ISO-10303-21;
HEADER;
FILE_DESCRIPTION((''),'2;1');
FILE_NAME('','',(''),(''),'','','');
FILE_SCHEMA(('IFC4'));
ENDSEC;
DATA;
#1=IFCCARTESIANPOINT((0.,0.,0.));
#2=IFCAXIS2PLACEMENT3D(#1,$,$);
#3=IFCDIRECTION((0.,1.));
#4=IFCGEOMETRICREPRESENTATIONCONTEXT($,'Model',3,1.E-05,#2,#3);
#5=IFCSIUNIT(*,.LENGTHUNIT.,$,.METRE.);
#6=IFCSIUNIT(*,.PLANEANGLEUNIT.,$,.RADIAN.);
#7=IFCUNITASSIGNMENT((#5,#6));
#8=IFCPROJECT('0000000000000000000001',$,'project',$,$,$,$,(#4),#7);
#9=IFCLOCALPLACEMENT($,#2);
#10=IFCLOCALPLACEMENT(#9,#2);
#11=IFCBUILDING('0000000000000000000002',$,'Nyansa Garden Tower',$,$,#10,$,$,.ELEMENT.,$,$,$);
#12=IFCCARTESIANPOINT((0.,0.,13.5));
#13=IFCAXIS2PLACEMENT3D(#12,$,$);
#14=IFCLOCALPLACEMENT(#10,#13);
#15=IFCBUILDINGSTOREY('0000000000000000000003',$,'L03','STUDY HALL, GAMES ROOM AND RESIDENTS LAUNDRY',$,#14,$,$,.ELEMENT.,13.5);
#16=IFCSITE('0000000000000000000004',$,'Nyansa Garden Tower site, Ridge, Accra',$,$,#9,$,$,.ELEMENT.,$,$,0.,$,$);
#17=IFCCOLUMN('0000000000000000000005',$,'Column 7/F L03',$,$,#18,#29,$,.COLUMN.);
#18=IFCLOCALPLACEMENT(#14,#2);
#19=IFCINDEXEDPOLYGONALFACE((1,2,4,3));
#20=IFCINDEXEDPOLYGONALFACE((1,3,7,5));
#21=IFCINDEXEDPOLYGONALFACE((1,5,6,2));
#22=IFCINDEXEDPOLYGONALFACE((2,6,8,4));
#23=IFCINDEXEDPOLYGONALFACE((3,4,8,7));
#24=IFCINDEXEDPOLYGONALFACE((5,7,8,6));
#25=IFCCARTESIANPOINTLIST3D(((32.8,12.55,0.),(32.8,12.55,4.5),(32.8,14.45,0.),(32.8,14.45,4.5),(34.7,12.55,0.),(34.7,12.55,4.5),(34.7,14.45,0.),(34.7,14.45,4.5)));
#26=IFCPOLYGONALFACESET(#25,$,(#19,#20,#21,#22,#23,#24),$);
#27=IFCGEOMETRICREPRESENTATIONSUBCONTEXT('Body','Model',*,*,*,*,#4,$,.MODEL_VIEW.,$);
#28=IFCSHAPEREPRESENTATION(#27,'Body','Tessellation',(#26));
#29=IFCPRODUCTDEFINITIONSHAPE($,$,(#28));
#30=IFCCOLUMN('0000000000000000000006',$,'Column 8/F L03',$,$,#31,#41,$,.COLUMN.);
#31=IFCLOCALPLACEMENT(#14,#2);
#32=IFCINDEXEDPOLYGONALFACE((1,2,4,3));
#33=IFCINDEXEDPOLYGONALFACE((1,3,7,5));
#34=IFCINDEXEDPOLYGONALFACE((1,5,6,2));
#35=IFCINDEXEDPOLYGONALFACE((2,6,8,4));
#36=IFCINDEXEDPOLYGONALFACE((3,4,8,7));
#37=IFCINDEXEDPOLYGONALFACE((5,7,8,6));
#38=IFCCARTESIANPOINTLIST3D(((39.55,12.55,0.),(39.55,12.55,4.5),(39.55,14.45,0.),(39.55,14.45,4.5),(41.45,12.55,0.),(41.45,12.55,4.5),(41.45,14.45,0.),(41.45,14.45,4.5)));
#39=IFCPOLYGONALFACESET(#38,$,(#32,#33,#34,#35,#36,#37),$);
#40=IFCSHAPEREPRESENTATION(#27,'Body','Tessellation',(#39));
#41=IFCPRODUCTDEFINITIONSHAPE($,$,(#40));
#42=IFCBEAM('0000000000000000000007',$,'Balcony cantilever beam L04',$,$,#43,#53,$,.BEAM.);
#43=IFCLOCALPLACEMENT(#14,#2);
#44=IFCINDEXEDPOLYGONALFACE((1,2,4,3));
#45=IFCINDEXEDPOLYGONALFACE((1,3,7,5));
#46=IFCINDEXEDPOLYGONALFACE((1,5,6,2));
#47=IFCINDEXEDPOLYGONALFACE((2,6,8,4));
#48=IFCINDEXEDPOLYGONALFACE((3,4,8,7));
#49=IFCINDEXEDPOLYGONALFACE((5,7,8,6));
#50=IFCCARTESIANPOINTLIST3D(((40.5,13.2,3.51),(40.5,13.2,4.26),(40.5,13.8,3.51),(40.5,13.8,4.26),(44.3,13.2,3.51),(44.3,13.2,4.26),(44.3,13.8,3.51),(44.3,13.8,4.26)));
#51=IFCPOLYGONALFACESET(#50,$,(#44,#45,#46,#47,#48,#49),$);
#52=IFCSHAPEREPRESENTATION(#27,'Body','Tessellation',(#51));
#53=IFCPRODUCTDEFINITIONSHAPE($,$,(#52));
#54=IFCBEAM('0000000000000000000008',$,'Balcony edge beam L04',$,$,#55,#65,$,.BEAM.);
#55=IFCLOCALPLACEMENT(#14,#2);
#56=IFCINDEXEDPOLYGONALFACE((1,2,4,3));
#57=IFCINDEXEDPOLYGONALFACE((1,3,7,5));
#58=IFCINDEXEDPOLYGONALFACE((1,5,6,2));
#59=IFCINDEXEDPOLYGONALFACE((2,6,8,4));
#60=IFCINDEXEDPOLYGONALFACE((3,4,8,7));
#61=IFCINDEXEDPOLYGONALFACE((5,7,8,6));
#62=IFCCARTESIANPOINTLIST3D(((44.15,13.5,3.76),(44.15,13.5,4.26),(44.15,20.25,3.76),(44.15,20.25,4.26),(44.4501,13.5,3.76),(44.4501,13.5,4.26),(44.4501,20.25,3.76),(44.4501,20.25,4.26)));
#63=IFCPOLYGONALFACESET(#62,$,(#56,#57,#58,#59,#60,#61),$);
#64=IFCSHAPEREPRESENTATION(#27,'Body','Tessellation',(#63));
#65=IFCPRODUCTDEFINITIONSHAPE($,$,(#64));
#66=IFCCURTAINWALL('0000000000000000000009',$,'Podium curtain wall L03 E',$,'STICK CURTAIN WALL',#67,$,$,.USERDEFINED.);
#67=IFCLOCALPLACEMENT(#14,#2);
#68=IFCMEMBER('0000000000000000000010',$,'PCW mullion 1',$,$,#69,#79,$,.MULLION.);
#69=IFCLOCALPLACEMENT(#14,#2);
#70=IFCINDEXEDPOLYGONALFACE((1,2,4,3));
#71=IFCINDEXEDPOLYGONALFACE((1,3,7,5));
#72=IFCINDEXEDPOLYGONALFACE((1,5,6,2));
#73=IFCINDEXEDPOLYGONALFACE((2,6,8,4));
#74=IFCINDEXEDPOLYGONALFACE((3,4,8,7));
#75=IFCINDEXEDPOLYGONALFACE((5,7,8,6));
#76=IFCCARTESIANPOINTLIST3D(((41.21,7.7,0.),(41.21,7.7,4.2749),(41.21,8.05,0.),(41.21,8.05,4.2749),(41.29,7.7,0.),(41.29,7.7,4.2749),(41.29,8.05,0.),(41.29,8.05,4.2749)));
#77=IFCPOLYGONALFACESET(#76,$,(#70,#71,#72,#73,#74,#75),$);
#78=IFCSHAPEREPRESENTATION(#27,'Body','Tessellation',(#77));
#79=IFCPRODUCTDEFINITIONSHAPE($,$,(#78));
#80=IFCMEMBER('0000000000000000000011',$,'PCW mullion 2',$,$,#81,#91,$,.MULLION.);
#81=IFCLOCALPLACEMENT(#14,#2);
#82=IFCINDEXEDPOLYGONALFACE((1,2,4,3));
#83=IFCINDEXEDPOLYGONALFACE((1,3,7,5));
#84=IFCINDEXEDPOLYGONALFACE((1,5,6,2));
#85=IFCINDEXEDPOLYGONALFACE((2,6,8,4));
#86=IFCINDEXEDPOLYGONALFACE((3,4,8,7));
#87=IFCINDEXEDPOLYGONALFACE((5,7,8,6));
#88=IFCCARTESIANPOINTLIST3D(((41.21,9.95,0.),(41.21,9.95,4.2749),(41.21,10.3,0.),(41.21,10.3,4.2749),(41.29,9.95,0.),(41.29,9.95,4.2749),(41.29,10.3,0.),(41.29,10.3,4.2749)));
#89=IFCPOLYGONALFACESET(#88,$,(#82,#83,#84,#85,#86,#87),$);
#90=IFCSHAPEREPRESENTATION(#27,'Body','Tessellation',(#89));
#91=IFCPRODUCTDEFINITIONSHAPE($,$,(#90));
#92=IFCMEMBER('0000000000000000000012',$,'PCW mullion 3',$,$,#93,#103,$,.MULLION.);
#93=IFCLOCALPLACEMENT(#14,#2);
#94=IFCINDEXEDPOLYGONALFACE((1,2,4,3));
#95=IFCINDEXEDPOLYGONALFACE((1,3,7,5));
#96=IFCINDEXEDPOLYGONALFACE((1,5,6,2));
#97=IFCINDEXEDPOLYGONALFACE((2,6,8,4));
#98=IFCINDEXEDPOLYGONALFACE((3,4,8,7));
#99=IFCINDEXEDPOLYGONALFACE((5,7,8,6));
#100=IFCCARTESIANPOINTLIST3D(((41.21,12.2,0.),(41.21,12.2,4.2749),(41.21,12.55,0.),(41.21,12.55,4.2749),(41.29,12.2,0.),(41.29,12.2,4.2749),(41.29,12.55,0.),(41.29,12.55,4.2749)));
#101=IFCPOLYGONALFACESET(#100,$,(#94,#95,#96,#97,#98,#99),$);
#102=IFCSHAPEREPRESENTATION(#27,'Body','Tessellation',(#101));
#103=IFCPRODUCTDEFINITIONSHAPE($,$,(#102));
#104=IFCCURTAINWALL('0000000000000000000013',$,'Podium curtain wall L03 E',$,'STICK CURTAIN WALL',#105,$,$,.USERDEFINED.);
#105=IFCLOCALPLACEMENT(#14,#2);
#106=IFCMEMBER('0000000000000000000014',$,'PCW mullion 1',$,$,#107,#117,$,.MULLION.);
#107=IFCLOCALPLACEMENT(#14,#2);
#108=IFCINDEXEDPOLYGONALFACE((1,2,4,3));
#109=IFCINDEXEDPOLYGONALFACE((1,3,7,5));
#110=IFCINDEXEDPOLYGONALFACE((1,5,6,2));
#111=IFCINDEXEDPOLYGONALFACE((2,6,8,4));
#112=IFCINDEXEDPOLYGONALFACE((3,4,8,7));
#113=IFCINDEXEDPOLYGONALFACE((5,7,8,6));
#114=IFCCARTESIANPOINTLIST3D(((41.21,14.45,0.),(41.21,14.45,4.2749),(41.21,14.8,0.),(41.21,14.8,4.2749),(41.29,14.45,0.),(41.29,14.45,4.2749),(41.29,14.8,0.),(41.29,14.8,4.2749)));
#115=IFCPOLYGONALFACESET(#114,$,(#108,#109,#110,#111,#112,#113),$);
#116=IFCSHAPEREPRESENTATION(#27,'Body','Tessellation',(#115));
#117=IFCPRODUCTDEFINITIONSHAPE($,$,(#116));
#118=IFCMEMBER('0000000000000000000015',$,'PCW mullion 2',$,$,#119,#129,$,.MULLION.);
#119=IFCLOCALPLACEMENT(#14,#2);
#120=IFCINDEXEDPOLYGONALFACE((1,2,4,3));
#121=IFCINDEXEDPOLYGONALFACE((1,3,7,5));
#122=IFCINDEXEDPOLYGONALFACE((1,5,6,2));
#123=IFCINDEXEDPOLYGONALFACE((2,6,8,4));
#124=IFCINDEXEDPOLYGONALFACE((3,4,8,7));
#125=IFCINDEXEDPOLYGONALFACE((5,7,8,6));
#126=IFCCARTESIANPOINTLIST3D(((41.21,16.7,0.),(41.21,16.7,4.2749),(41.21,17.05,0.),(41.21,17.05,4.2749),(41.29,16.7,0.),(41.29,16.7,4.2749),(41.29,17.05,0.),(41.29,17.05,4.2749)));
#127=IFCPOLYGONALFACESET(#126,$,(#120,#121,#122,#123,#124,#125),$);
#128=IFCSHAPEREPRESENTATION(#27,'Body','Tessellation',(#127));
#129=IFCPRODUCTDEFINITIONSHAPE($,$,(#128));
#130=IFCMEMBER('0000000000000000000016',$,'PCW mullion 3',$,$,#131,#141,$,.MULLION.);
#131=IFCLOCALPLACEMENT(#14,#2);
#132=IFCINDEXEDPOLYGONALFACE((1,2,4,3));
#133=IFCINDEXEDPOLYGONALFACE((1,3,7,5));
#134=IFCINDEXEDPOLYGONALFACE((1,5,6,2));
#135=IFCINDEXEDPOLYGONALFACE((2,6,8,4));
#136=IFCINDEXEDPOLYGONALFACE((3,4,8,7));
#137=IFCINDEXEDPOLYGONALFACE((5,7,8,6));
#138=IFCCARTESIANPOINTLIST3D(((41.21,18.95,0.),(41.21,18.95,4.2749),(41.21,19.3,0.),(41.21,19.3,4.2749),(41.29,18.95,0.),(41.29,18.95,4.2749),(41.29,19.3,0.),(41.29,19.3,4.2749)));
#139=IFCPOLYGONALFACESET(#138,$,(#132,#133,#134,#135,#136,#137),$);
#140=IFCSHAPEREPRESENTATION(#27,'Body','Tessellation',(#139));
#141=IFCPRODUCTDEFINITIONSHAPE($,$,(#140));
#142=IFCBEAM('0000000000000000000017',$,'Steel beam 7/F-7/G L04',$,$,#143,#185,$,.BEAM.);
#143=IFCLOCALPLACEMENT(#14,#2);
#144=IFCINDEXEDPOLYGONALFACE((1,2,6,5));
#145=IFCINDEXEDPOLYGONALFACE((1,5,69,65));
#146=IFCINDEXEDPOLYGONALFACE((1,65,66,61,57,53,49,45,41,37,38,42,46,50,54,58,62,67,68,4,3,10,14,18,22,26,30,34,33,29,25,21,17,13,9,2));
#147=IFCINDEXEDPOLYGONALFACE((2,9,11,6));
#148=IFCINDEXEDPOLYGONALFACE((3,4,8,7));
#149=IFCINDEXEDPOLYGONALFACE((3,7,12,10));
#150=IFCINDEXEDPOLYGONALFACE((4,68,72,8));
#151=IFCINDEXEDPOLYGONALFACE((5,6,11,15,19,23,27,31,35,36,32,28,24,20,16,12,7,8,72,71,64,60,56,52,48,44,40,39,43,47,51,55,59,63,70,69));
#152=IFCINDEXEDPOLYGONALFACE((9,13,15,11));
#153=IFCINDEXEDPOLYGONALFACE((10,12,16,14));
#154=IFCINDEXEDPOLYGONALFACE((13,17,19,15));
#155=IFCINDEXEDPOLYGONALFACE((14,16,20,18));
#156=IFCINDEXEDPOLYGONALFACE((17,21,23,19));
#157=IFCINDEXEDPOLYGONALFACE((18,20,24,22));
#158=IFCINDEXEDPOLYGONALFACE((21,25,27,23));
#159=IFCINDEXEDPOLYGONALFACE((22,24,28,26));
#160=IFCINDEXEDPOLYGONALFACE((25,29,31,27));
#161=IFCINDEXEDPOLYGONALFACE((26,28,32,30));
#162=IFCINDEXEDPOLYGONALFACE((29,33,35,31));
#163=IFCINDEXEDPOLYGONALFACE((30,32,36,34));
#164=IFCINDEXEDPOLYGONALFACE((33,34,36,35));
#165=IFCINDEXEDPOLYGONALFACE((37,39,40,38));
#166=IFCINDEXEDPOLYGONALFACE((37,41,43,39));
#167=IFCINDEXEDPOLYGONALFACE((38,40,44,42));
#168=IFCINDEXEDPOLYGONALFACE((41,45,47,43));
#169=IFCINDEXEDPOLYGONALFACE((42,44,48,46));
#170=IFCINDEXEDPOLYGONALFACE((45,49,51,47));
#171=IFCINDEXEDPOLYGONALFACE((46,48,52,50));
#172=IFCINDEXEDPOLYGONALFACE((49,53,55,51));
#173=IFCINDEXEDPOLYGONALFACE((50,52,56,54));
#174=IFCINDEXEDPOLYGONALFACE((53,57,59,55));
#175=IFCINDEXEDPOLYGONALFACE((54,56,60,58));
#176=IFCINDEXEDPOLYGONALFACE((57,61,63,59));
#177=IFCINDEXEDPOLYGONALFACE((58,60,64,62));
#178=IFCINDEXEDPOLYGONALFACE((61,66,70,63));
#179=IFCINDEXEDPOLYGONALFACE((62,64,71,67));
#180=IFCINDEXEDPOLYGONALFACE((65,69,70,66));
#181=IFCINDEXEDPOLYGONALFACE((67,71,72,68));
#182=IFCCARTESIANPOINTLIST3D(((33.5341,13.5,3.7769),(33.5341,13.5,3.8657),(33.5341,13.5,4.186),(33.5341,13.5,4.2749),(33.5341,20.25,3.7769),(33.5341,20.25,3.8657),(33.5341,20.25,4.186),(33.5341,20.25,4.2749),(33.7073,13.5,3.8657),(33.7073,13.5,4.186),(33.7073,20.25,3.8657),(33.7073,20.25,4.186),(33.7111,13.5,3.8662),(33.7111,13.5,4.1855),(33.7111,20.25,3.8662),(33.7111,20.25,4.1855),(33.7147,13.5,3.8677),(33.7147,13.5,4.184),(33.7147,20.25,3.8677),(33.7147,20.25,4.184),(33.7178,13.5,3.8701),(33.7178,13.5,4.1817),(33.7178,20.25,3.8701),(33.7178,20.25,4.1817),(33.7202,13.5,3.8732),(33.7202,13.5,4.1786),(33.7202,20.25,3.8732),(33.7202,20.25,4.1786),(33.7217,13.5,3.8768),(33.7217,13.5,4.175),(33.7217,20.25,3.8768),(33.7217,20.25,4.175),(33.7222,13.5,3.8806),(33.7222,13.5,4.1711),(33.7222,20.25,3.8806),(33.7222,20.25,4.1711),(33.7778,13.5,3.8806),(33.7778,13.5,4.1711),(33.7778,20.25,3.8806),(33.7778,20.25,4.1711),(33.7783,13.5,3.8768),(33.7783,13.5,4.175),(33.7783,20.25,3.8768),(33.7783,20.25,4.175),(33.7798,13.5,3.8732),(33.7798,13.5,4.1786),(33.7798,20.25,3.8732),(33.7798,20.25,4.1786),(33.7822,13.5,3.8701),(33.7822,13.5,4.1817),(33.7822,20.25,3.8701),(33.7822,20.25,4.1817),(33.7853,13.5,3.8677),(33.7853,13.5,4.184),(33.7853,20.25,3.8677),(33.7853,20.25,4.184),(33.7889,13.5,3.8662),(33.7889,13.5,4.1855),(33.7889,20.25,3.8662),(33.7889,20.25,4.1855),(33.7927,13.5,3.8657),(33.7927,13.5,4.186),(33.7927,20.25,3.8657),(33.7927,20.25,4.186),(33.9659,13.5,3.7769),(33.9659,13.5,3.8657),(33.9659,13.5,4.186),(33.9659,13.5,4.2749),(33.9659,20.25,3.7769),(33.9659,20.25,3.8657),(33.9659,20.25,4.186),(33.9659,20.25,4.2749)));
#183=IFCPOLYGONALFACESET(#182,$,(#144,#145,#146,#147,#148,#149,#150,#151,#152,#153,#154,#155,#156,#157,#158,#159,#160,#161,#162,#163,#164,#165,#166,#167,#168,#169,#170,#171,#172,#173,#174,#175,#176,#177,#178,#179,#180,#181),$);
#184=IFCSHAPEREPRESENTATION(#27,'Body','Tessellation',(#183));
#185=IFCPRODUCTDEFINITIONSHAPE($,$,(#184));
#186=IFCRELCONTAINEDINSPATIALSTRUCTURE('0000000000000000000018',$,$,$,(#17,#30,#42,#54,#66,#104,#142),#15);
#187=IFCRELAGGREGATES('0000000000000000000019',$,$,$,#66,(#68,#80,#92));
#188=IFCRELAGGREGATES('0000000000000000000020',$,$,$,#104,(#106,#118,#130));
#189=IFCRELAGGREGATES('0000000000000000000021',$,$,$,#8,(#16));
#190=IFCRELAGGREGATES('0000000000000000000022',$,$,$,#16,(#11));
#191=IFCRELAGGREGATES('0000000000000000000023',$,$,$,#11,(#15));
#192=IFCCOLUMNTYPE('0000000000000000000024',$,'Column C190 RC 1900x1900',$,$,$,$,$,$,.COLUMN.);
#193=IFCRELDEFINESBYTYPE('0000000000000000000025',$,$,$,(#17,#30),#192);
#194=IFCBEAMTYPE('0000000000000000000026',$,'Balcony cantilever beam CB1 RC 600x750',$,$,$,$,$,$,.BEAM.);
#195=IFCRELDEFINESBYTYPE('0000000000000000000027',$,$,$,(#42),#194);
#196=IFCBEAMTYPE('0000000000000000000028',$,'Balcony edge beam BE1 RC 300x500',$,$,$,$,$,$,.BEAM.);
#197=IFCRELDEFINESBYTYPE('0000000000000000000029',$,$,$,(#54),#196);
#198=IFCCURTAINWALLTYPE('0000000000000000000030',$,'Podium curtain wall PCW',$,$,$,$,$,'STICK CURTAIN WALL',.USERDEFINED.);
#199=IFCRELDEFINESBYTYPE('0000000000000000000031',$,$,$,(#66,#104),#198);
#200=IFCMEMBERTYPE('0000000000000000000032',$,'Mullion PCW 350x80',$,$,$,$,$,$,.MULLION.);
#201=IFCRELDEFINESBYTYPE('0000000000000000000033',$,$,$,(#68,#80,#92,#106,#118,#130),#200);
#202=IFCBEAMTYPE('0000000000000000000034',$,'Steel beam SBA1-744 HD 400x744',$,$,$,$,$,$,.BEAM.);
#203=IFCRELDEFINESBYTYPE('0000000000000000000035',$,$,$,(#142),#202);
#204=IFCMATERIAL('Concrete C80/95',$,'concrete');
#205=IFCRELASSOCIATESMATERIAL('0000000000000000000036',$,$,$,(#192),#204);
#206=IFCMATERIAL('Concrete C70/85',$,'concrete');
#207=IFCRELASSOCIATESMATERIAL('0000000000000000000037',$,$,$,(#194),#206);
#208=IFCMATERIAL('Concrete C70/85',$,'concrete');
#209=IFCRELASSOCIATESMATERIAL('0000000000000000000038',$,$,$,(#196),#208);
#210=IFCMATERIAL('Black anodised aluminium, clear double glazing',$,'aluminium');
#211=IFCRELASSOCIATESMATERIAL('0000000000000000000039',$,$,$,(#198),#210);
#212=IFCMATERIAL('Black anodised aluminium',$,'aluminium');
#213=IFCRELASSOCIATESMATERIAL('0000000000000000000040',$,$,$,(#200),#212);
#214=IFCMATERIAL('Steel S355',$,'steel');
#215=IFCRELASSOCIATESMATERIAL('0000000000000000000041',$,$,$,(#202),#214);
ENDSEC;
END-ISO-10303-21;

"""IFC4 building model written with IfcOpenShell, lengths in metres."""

from ifc_helpers import new_model, si_unit, direction, frame, origin, origin_2d, place, context, subcontext, project, spatial, rectangle, i_section, extrude, material, material_profile, profile_set, type_object, element, aggregate, save


model = new_model("IFC4")

# Units and contexts
model_context = context("Model", 3, precision=1e-05, world=origin(), true_north=direction((0.0, 1.0)))
body_context = subcontext(model_context, "Body", "Model", "MODEL_VIEW")
ifc_project = project(units=[si_unit("LENGTHUNIT", "METRE"), si_unit("PLANEANGLEUNIT", "RADIAN")], contexts=[model_context])

# Site, building, storey
site_placement = place(None, origin())
site = spatial("IfcSite", under=ifc_project, at=site_placement, Name="Nyansa Garden Tower site, Ridge, Accra", CompositionType="ELEMENT", RefElevation=0.0)
building_placement = place(site_placement, origin())
building = spatial("IfcBuilding", under=site, at=building_placement, Name="Nyansa Garden Tower", CompositionType="ELEMENT")
storey_placement = place(building_placement, frame((0.0, 0.0, 13.5)))
storey = spatial("IfcBuildingStorey", under=building, at=storey_placement, Name="L03", Description="STUDY HALL, GAMES ROOM AND RESIDENTS LAUNDRY", CompositionType="ELEMENT", Elevation=13.5)

# Columns
ifc_material_1 = material(Name="Concrete C80/95", Category="concrete")
ifc_material_profile_1 = material_profile(ifc_material_1, rectangle(XDim=1.8999, YDim=1.8999, at=origin_2d()), Name="RC 1900x1900")
ifc_profile_set_1 = profile_set([ifc_material_profile_1], Name="Concrete C80/95")
column_type = type_object("IfcColumnType", Name="Column C190 RC 1900x1900", PredefinedType="COLUMN", material=ifc_profile_set_1)
for number, where, z_axis, x_axis, name in (
    (1, (33.75, 13.5, 0.0), (0.0, 0.0, 1.0), (1.0, 0.0, 0.0), "Column 7/F L03"),
    (2, (40.5, 13.5, 0.0), (0.0, 0.0, 1.0), (1.0, 0.0, 0.0), "Column 8/F L03"),
):
    element("IfcColumn", number, at=place(storey_placement, frame(where, z_axis=z_axis, x_axis=x_axis)), inside=storey, type_object=column_type, Name=name, PredefinedType="COLUMN", context=body_context, shape_type="SweptSolid", body=[
        extrude(rectangle(XDim=1.8999, YDim=1.8999, at=origin_2d()), origin(), (0.0, 0.0, 1.0), 4.5),
    ])

# Beams
ifc_material_2 = material(Name="Concrete C70/85", Category="concrete")
ifc_material_profile_2 = material_profile(ifc_material_2, rectangle(XDim=0.6001, YDim=0.75, at=origin_2d()), Name="RC 600x750")
ifc_profile_set_2 = profile_set([ifc_material_profile_2], Name="Concrete C70/85")
beam_type_1 = type_object("IfcBeamType", Name="Balcony cantilever beam CB1 RC 600x750", PredefinedType="BEAM", material=ifc_profile_set_2)
beam_1_placement = place(storey_placement, frame((40.5, 13.5, 3.885), z_axis=(1.0, 0.0, 0.0), x_axis=(0.0, 1.0, 0.0)))
element("IfcBeam", 3, at=beam_1_placement, inside=storey, type_object=beam_type_1, Name="Balcony cantilever beam L04", PredefinedType="BEAM", context=body_context, shape_type="SweptSolid", body=[
    extrude(rectangle(XDim=0.6001, YDim=0.75, at=origin_2d()), origin(), (0.0, 0.0, 1.0), 3.8),
])
ifc_material_3 = material(Name="Concrete C70/85", Category="concrete")
ifc_material_profile_3 = material_profile(ifc_material_3, rectangle(XDim=0.3, YDim=0.5, at=origin_2d()), Name="RC 300x500")
ifc_profile_set_3 = profile_set([ifc_material_profile_3], Name="Concrete C70/85")
beam_type_2 = type_object("IfcBeamType", Name="Balcony edge beam BE1 RC 300x500", PredefinedType="BEAM", material=ifc_profile_set_3)
beam_2_placement = place(storey_placement, frame((44.3, 13.5, 4.01), z_axis=(0.0, 1.0, 0.0), x_axis=(-1.0, 0.0, 0.0)))
element("IfcBeam", 4, at=beam_2_placement, inside=storey, type_object=beam_type_2, Name="Balcony edge beam L04", PredefinedType="BEAM", context=body_context, shape_type="SweptSolid", body=[
    extrude(rectangle(XDim=0.3, YDim=0.5, at=origin_2d()), origin(), (0.0, 0.0, 1.0), 6.75),
])

# Curtain walls, members
ifc_material_4 = material(Name="Black anodised aluminium, clear double glazing", Category="aluminium")
curtain_wall_type = type_object("IfcCurtainWallType", Name="Podium curtain wall PCW", ElementType="STICK CURTAIN WALL", PredefinedType="USERDEFINED", material=ifc_material_4)
curtain_wall_1_placement = place(storey_placement, origin())
curtain_wall_1 = element("IfcCurtainWall", 5, at=curtain_wall_1_placement, inside=storey, type_object=curtain_wall_type, Name="Podium curtain wall L03 E", ObjectType="STICK CURTAIN WALL", PredefinedType="USERDEFINED")
ifc_material_5 = material(Name="Black anodised aluminium", Category="aluminium")
ifc_material_profile_4 = material_profile(ifc_material_5, rectangle(XDim=0.0801, YDim=0.3501, at=origin_2d()), Name="Mullion 350x80")
ifc_profile_set_4 = profile_set([ifc_material_profile_4], Name="Black anodised aluminium")
member_type_1 = type_object("IfcMemberType", Name="Mullion PCW 350x80", PredefinedType="MULLION", material=ifc_profile_set_4)
member_1_placement = place(storey_placement, frame((41.25, 7.875, 0.0), z_axis=(0.0, 0.0, 1.0), x_axis=(-1.0, 0.0, 0.0)))
member_1 = element("IfcMember", 6, at=member_1_placement, type_object=member_type_1, Name="PCW mullion 1", PredefinedType="MULLION", context=body_context, shape_type="SweptSolid", body=[
    extrude(rectangle(XDim=0.0801, YDim=0.3501, at=origin_2d()), origin(), (0.0, 0.0, 1.0), 4.2749),
])
member_2_placement = place(storey_placement, frame((41.25, 10.125, 0.0), z_axis=(0.0, 0.0, 1.0), x_axis=(-1.0, 0.0, 0.0)))
member_2 = element("IfcMember", 7, at=member_2_placement, type_object=member_type_1, Name="PCW mullion 2", PredefinedType="MULLION", context=body_context, shape_type="SweptSolid", body=[
    extrude(rectangle(XDim=0.0801, YDim=0.3501, at=origin_2d()), origin(), (0.0, 0.0, 1.0), 4.2749),
])
member_3_placement = place(storey_placement, frame((41.25, 12.375, 0.0), z_axis=(0.0, 0.0, 1.0), x_axis=(-1.0, 0.0, 0.0)))
member_3 = element("IfcMember", 8, at=member_3_placement, type_object=member_type_1, Name="PCW mullion 3", PredefinedType="MULLION", context=body_context, shape_type="SweptSolid", body=[
    extrude(rectangle(XDim=0.0801, YDim=0.3501, at=origin_2d()), origin(), (0.0, 0.0, 1.0), 4.2749),
])
curtain_wall_2_placement = place(storey_placement, origin())
curtain_wall_2 = element("IfcCurtainWall", 9, at=curtain_wall_2_placement, inside=storey, type_object=curtain_wall_type, Name="Podium curtain wall L03 E", ObjectType="STICK CURTAIN WALL", PredefinedType="USERDEFINED")
member_4_placement = place(storey_placement, frame((41.25, 14.625, 0.0), z_axis=(0.0, 0.0, 1.0), x_axis=(-1.0, 0.0, 0.0)))
member_4 = element("IfcMember", 10, at=member_4_placement, type_object=member_type_1, Name="PCW mullion 1", PredefinedType="MULLION", context=body_context, shape_type="SweptSolid", body=[
    extrude(rectangle(XDim=0.0801, YDim=0.3501, at=origin_2d()), origin(), (0.0, 0.0, 1.0), 4.2749),
])
member_5_placement = place(storey_placement, frame((41.25, 16.875, 0.0), z_axis=(0.0, 0.0, 1.0), x_axis=(-1.0, 0.0, 0.0)))
member_5 = element("IfcMember", 11, at=member_5_placement, type_object=member_type_1, Name="PCW mullion 2", PredefinedType="MULLION", context=body_context, shape_type="SweptSolid", body=[
    extrude(rectangle(XDim=0.0801, YDim=0.3501, at=origin_2d()), origin(), (0.0, 0.0, 1.0), 4.2749),
])
member_6_placement = place(storey_placement, frame((41.25, 19.125, 0.0), z_axis=(0.0, 0.0, 1.0), x_axis=(-1.0, 0.0, 0.0)))
member_6 = element("IfcMember", 12, at=member_6_placement, type_object=member_type_1, Name="PCW mullion 3", PredefinedType="MULLION", context=body_context, shape_type="SweptSolid", body=[
    extrude(rectangle(XDim=0.0801, YDim=0.3501, at=origin_2d()), origin(), (0.0, 0.0, 1.0), 4.2749),
])

# Beam
ifc_material_6 = material(Name="Steel S355", Category="steel")
ifc_material_profile_5 = material_profile(ifc_material_6, i_section(OverallWidth=0.4319, OverallDepth=0.498, WebThickness=0.0557, FlangeThickness=0.0889, FilletRadius=0.0149, at=origin_2d()), Name="HD 400x744")
ifc_profile_set_5 = profile_set([ifc_material_profile_5], Name="Steel S355")
beam_type_3 = type_object("IfcBeamType", Name="Steel beam SBA1-744 HD 400x744", PredefinedType="BEAM", material=ifc_profile_set_5)
for number, where, z_axis, x_axis, name in (
    (13, (33.75, 13.5, 4.0259), (0.0, 1.0, 0.0), (-1.0, 0.0, 0.0), "Steel beam 7/F-7/G L04"),
):
    element("IfcBeam", number, at=place(storey_placement, frame(where, z_axis=z_axis, x_axis=x_axis)), inside=storey, type_object=beam_type_3, Name=name, PredefinedType="BEAM", context=body_context, shape_type="SweptSolid", body=[
        extrude(i_section(OverallWidth=0.4319, OverallDepth=0.498, WebThickness=0.0557, FlangeThickness=0.0889, FilletRadius=0.0149, at=origin_2d()), origin(), (0.0, 0.0, 1.0), 6.75),
    ])

aggregate(curtain_wall_1, [member_1, member_2, member_3])
aggregate(curtain_wall_2, [member_4, member_5, member_6])

save(model, "model.ifc")
